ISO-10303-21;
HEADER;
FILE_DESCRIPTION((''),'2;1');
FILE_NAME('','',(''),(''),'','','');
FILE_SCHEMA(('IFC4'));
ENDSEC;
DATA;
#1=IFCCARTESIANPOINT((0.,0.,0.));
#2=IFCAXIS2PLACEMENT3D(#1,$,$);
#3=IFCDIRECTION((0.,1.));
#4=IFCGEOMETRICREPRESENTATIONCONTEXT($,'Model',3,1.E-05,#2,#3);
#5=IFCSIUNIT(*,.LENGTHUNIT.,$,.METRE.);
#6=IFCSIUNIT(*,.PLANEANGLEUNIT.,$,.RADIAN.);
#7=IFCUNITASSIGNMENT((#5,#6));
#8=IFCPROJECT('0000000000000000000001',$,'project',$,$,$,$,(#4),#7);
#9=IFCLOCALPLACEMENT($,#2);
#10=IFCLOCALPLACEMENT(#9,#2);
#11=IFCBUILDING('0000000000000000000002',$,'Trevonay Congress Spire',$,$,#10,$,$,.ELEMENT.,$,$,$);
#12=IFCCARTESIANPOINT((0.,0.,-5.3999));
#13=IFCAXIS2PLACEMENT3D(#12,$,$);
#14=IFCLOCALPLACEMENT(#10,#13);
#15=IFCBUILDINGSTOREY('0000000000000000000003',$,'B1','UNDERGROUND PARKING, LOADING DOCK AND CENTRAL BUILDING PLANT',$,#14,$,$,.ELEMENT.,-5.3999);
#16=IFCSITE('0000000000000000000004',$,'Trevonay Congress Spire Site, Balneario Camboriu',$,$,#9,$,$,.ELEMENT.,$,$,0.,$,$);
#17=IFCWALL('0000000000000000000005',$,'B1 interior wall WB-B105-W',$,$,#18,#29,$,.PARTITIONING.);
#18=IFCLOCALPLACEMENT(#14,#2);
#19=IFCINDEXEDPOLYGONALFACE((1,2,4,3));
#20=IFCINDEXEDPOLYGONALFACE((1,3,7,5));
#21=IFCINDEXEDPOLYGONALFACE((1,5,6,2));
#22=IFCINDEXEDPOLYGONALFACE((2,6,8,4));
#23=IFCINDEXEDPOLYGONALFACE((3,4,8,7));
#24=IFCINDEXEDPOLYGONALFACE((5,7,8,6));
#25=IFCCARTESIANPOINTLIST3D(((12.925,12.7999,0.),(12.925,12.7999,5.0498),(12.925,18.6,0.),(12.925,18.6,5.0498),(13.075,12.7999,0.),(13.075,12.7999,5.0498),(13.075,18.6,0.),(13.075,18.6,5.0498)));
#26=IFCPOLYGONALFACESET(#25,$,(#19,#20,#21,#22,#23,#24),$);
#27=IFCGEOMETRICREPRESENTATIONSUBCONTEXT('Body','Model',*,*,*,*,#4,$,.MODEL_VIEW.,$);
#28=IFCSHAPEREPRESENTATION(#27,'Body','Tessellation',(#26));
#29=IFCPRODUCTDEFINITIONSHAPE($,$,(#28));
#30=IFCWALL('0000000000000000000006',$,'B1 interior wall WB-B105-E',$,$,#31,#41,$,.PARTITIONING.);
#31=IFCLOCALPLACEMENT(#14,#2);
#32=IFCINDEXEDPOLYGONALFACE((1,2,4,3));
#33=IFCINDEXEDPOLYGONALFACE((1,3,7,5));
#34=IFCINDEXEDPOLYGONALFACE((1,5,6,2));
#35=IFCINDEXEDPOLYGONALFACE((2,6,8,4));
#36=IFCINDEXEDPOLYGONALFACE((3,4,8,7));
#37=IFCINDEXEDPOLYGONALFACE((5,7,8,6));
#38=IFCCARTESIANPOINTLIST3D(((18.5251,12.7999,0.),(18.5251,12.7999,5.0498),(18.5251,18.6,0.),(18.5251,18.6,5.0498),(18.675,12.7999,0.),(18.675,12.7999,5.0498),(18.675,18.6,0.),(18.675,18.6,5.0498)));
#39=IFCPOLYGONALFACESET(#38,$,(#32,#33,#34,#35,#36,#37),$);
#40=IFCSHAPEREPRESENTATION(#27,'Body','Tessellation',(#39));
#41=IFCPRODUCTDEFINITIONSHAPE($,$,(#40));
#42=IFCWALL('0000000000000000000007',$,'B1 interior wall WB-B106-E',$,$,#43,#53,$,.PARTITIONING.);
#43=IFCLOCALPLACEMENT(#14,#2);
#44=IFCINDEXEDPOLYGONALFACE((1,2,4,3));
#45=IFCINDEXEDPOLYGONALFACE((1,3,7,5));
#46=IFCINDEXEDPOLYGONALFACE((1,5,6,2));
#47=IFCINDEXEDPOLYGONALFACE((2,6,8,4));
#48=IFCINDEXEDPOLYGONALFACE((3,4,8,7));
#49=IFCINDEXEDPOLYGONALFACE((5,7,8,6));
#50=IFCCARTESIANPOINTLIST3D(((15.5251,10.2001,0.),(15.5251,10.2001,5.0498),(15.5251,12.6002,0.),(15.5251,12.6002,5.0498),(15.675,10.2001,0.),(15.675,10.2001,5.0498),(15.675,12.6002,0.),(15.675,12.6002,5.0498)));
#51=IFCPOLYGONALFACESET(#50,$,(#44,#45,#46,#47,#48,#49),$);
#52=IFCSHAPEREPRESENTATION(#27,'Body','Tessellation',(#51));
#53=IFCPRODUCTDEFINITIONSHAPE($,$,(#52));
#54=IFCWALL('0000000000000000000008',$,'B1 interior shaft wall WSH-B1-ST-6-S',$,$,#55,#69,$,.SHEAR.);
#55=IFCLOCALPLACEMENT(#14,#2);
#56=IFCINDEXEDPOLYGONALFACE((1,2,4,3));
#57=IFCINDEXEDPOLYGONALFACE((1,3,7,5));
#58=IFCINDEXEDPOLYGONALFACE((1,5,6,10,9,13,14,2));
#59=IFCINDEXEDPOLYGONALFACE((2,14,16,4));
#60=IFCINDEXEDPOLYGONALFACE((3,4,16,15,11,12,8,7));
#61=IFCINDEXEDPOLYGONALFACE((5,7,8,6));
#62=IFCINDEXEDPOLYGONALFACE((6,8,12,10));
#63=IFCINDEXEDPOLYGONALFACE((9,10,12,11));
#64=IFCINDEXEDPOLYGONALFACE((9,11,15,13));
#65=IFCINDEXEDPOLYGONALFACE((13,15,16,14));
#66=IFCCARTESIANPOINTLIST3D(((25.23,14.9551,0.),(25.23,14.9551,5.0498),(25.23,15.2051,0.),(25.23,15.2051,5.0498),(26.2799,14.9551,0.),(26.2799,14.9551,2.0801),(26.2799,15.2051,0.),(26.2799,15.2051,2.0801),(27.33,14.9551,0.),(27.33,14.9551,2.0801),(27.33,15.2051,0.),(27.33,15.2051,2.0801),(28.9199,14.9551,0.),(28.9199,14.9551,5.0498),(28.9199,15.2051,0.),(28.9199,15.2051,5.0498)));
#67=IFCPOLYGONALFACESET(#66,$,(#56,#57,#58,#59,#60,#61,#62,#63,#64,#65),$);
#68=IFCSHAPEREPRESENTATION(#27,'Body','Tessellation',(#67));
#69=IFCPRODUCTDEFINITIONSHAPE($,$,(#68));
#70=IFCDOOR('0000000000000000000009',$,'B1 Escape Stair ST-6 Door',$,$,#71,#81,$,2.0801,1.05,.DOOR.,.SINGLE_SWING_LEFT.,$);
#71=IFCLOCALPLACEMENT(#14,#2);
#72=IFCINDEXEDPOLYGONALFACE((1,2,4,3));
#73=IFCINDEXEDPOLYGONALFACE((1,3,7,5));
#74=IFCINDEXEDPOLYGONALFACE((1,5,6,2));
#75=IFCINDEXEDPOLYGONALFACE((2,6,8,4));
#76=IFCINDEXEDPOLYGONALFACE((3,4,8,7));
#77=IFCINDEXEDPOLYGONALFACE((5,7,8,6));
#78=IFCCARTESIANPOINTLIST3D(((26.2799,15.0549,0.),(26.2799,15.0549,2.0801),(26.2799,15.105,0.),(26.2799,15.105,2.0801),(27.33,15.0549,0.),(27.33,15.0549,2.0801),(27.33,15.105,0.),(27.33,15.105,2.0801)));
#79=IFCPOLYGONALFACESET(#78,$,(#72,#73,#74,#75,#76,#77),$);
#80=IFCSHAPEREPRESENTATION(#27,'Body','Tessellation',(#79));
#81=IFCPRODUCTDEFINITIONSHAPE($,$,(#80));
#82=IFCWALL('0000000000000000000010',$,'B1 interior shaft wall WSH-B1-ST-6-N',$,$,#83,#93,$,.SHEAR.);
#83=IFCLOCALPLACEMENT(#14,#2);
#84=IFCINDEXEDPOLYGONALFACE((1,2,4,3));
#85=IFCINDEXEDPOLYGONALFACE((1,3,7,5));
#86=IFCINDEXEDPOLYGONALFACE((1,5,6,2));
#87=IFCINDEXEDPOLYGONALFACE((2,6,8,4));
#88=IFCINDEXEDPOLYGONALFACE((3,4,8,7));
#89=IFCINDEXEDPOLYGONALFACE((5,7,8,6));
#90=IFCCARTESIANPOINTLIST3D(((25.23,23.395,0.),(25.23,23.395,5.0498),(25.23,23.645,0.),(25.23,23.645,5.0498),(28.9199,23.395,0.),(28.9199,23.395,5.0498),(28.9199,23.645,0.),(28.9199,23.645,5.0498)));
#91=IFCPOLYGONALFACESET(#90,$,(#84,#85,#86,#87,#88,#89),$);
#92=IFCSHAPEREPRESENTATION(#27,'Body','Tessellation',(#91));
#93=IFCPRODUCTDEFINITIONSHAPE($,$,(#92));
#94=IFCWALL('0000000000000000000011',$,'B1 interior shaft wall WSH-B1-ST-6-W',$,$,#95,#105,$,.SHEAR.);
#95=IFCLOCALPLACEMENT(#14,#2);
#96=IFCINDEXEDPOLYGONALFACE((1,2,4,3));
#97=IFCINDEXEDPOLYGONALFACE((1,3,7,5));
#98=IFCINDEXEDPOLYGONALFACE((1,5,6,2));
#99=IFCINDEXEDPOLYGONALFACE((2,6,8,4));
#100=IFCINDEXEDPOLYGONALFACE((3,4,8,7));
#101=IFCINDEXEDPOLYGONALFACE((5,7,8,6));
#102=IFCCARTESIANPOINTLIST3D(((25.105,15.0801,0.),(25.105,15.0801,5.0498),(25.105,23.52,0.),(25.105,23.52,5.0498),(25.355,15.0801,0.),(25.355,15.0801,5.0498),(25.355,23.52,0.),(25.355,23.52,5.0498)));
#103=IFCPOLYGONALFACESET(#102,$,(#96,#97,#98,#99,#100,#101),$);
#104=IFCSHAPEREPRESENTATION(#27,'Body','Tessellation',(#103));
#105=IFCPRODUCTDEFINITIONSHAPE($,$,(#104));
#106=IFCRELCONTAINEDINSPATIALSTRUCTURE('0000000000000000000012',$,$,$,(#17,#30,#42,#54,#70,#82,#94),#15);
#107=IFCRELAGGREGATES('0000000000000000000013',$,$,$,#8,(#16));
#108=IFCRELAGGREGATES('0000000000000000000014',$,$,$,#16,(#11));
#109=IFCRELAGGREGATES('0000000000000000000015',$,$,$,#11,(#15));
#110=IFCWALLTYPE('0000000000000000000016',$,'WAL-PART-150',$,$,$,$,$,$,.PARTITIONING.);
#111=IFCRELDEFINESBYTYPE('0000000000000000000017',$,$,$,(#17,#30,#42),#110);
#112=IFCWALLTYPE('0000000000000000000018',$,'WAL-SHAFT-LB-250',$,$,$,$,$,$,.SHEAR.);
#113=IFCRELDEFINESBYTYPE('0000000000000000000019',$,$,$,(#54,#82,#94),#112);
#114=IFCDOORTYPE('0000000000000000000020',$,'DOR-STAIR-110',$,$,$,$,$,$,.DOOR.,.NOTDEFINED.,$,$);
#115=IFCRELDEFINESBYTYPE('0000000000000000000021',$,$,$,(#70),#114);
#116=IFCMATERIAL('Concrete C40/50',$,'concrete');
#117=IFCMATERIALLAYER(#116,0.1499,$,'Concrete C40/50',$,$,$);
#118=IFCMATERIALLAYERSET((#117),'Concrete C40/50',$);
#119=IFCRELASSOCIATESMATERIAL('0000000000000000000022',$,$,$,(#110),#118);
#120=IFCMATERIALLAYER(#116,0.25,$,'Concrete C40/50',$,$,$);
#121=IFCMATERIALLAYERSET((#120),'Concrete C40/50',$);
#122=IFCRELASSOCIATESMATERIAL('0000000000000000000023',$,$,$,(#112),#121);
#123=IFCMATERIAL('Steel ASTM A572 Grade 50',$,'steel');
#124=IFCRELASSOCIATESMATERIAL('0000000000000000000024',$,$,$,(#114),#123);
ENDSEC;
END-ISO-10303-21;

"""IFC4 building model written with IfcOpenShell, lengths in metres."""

from ifc_helpers import new_model, si_unit, direction, frame, frame_2d, origin, place, context, subcontext, project, spatial, rectangle, extrude, material, layer, layer_set, type_object, element, fill, save


model = new_model("IFC4")

# Units and contexts
model_context = context("Model", 3, precision=1e-05, world=origin(), true_north=direction((0.0, 1.0)))
body_context = subcontext(model_context, "Body", "Model", "MODEL_VIEW")
ifc_project = project(units=[si_unit("LENGTHUNIT", "METRE"), si_unit("PLANEANGLEUNIT", "RADIAN")], contexts=[model_context])

# Site, building, storey
site_placement = place(None, origin())
site = spatial("IfcSite", under=ifc_project, at=site_placement, Name="Trevonay Congress Spire Site, Balneario Camboriu", CompositionType="ELEMENT", RefElevation=0.0)
building_placement = place(site_placement, origin())
building = spatial("IfcBuilding", under=site, at=building_placement, Name="Trevonay Congress Spire", CompositionType="ELEMENT")
storey_placement = place(building_placement, frame((0.0, 0.0, -5.3999)))
storey = spatial("IfcBuildingStorey", under=building, at=storey_placement, Name="B1", Description="UNDERGROUND PARKING, LOADING DOCK AND CENTRAL BUILDING PLANT", CompositionType="ELEMENT", Elevation=-5.3999)

# Shared definitions
ifc_material_1 = material(Name="Steel ASTM A572 Grade 50", Category="steel")

# Shared definitions
ifc_material_2 = material(Name="Concrete C40/50", Category="concrete")
ifc_layer_1 = layer(ifc_material_2, 0.1499, Name="Concrete C40/50")
ifc_layer_set_1 = layer_set([ifc_layer_1], Name="Concrete C40/50")
wall_type_1 = type_object("IfcWallType", Name="WAL-PART-150", PredefinedType="PARTITIONING", material=ifc_layer_set_1)

# Walls
for number, where, z_axis, x_axis, name in (
    (1, (13.0, 12.8, 0.0), (0.0, 0.0, 1.0), (0.0, 1.0, 0.0), "B1 interior wall WB-B105-W"),
    (2, (18.6001, 12.8, 0.0), (0.0, 0.0, 1.0), (0.0, 1.0, 0.0), "B1 interior wall WB-B105-E"),
):
    element("IfcWall", number, at=place(storey_placement, frame(where, z_axis=z_axis, x_axis=x_axis)), inside=storey, type_object=wall_type_1, Name=name, PredefinedType="PARTITIONING", context=body_context, shape_type="SweptSolid", body=[
        extrude(rectangle(XDim=5.8, YDim=0.1499, at=frame_2d((2.8999, 0.0))), origin(), (0.0, 0.0, 1.0), 5.0498),
    ])
wall_1_placement = place(storey_placement, frame((15.6001, 10.2, 0.0), z_axis=(0.0, 0.0, 1.0), x_axis=(0.0, 1.0, 0.0)))
element("IfcWall", 3, at=wall_1_placement, inside=storey, type_object=wall_type_1, Name="B1 interior wall WB-B106-E", PredefinedType="PARTITIONING", context=body_context, shape_type="SweptSolid", body=[
    extrude(rectangle(XDim=2.4001, YDim=0.1499, at=frame_2d((1.2002, 0.0))), origin(), (0.0, 0.0, 1.0), 5.0498),
])

# Wall, opening, door
ifc_layer_2 = layer(ifc_material_2, 0.25, Name="Concrete C40/50")
ifc_layer_set_2 = layer_set([ifc_layer_2], Name="Concrete C40/50")
wall_type_2 = type_object("IfcWallType", Name="WAL-SHAFT-LB-250", PredefinedType="SHEAR", material=ifc_layer_set_2)
wall_2_placement = place(storey_placement, frame((25.23, 15.0801, 0.0), z_axis=(0.0, 0.0, 1.0), x_axis=(1.0, 0.0, 0.0)))
wall_2 = element("IfcWall", 4, at=wall_2_placement, inside=storey, type_object=wall_type_2, Name="B1 interior shaft wall WSH-B1-ST-6-S", PredefinedType="SHEAR", context=body_context, shape_type="SweptSolid", body=[
    extrude(rectangle(XDim=3.6899, YDim=0.25, at=frame_2d((1.845, 0.0))), origin(), (0.0, 0.0, 1.0), 5.0498),
])
opening_1_placement = place(wall_2_placement, frame((1.05, 0.0, 0.0)))
opening_1 = element("IfcOpeningElement", 5, at=opening_1_placement, cuts=wall_2, PredefinedType="OPENING", context=body_context, shape_type="SweptSolid", body=[
    extrude(rectangle(XDim=1.05, YDim=2.0801, at=frame_2d((0.5249, 1.04))), frame((0.0, 0.135, 0.0), z_axis=(0.0, -1.0, 0.0), x_axis=(1.0, 0.0, 0.0)), (0.0, 0.0, 1.0), 0.27),
])
door_type_1 = type_object("IfcDoorType", Name="DOR-STAIR-110", OperationType="NOTDEFINED", PredefinedType="DOOR", material=ifc_material_1)
door_1_placement = place(opening_1_placement, origin())
door_1 = element("IfcDoor", 6, at=door_1_placement, inside=storey, type_object=door_type_1, Name="B1 Escape Stair ST-6 Door", OperationType="SINGLE_SWING_LEFT", OverallHeight=2.0801, OverallWidth=1.05, PredefinedType="DOOR", context=body_context, shape_type="SweptSolid", body=[
    extrude(rectangle(XDim=1.05, YDim=2.0801, at=frame_2d((0.5249, 1.04))), frame((0.0, 0.0249, 0.0), z_axis=(0.0, -1.0, 0.0), x_axis=(1.0, 0.0, 0.0)), (0.0, 0.0, 1.0), 0.05),
])
fill(opening_1, door_1)

# Walls
wall_3_placement = place(storey_placement, frame((25.23, 23.52, 0.0), z_axis=(0.0, 0.0, 1.0), x_axis=(1.0, 0.0, 0.0)))
element("IfcWall", 7, at=wall_3_placement, inside=storey, type_object=wall_type_2, Name="B1 interior shaft wall WSH-B1-ST-6-N", PredefinedType="SHEAR", context=body_context, shape_type="SweptSolid", body=[
    extrude(rectangle(XDim=3.6899, YDim=0.25, at=frame_2d((1.845, 0.0))), origin(), (0.0, 0.0, 1.0), 5.0498),
])
wall_4_placement = place(storey_placement, frame((25.23, 15.0801, 0.0), z_axis=(0.0, 0.0, 1.0), x_axis=(0.0, 1.0, 0.0)))
element("IfcWall", 8, at=wall_4_placement, inside=storey, type_object=wall_type_2, Name="B1 interior shaft wall WSH-B1-ST-6-W", PredefinedType="SHEAR", context=body_context, shape_type="SweptSolid", body=[
    extrude(rectangle(XDim=8.4399, YDim=0.25, at=frame_2d((4.22, 0.0))), origin(), (0.0, 0.0, 1.0), 5.0498),
])

save(model, "model.ifc")
